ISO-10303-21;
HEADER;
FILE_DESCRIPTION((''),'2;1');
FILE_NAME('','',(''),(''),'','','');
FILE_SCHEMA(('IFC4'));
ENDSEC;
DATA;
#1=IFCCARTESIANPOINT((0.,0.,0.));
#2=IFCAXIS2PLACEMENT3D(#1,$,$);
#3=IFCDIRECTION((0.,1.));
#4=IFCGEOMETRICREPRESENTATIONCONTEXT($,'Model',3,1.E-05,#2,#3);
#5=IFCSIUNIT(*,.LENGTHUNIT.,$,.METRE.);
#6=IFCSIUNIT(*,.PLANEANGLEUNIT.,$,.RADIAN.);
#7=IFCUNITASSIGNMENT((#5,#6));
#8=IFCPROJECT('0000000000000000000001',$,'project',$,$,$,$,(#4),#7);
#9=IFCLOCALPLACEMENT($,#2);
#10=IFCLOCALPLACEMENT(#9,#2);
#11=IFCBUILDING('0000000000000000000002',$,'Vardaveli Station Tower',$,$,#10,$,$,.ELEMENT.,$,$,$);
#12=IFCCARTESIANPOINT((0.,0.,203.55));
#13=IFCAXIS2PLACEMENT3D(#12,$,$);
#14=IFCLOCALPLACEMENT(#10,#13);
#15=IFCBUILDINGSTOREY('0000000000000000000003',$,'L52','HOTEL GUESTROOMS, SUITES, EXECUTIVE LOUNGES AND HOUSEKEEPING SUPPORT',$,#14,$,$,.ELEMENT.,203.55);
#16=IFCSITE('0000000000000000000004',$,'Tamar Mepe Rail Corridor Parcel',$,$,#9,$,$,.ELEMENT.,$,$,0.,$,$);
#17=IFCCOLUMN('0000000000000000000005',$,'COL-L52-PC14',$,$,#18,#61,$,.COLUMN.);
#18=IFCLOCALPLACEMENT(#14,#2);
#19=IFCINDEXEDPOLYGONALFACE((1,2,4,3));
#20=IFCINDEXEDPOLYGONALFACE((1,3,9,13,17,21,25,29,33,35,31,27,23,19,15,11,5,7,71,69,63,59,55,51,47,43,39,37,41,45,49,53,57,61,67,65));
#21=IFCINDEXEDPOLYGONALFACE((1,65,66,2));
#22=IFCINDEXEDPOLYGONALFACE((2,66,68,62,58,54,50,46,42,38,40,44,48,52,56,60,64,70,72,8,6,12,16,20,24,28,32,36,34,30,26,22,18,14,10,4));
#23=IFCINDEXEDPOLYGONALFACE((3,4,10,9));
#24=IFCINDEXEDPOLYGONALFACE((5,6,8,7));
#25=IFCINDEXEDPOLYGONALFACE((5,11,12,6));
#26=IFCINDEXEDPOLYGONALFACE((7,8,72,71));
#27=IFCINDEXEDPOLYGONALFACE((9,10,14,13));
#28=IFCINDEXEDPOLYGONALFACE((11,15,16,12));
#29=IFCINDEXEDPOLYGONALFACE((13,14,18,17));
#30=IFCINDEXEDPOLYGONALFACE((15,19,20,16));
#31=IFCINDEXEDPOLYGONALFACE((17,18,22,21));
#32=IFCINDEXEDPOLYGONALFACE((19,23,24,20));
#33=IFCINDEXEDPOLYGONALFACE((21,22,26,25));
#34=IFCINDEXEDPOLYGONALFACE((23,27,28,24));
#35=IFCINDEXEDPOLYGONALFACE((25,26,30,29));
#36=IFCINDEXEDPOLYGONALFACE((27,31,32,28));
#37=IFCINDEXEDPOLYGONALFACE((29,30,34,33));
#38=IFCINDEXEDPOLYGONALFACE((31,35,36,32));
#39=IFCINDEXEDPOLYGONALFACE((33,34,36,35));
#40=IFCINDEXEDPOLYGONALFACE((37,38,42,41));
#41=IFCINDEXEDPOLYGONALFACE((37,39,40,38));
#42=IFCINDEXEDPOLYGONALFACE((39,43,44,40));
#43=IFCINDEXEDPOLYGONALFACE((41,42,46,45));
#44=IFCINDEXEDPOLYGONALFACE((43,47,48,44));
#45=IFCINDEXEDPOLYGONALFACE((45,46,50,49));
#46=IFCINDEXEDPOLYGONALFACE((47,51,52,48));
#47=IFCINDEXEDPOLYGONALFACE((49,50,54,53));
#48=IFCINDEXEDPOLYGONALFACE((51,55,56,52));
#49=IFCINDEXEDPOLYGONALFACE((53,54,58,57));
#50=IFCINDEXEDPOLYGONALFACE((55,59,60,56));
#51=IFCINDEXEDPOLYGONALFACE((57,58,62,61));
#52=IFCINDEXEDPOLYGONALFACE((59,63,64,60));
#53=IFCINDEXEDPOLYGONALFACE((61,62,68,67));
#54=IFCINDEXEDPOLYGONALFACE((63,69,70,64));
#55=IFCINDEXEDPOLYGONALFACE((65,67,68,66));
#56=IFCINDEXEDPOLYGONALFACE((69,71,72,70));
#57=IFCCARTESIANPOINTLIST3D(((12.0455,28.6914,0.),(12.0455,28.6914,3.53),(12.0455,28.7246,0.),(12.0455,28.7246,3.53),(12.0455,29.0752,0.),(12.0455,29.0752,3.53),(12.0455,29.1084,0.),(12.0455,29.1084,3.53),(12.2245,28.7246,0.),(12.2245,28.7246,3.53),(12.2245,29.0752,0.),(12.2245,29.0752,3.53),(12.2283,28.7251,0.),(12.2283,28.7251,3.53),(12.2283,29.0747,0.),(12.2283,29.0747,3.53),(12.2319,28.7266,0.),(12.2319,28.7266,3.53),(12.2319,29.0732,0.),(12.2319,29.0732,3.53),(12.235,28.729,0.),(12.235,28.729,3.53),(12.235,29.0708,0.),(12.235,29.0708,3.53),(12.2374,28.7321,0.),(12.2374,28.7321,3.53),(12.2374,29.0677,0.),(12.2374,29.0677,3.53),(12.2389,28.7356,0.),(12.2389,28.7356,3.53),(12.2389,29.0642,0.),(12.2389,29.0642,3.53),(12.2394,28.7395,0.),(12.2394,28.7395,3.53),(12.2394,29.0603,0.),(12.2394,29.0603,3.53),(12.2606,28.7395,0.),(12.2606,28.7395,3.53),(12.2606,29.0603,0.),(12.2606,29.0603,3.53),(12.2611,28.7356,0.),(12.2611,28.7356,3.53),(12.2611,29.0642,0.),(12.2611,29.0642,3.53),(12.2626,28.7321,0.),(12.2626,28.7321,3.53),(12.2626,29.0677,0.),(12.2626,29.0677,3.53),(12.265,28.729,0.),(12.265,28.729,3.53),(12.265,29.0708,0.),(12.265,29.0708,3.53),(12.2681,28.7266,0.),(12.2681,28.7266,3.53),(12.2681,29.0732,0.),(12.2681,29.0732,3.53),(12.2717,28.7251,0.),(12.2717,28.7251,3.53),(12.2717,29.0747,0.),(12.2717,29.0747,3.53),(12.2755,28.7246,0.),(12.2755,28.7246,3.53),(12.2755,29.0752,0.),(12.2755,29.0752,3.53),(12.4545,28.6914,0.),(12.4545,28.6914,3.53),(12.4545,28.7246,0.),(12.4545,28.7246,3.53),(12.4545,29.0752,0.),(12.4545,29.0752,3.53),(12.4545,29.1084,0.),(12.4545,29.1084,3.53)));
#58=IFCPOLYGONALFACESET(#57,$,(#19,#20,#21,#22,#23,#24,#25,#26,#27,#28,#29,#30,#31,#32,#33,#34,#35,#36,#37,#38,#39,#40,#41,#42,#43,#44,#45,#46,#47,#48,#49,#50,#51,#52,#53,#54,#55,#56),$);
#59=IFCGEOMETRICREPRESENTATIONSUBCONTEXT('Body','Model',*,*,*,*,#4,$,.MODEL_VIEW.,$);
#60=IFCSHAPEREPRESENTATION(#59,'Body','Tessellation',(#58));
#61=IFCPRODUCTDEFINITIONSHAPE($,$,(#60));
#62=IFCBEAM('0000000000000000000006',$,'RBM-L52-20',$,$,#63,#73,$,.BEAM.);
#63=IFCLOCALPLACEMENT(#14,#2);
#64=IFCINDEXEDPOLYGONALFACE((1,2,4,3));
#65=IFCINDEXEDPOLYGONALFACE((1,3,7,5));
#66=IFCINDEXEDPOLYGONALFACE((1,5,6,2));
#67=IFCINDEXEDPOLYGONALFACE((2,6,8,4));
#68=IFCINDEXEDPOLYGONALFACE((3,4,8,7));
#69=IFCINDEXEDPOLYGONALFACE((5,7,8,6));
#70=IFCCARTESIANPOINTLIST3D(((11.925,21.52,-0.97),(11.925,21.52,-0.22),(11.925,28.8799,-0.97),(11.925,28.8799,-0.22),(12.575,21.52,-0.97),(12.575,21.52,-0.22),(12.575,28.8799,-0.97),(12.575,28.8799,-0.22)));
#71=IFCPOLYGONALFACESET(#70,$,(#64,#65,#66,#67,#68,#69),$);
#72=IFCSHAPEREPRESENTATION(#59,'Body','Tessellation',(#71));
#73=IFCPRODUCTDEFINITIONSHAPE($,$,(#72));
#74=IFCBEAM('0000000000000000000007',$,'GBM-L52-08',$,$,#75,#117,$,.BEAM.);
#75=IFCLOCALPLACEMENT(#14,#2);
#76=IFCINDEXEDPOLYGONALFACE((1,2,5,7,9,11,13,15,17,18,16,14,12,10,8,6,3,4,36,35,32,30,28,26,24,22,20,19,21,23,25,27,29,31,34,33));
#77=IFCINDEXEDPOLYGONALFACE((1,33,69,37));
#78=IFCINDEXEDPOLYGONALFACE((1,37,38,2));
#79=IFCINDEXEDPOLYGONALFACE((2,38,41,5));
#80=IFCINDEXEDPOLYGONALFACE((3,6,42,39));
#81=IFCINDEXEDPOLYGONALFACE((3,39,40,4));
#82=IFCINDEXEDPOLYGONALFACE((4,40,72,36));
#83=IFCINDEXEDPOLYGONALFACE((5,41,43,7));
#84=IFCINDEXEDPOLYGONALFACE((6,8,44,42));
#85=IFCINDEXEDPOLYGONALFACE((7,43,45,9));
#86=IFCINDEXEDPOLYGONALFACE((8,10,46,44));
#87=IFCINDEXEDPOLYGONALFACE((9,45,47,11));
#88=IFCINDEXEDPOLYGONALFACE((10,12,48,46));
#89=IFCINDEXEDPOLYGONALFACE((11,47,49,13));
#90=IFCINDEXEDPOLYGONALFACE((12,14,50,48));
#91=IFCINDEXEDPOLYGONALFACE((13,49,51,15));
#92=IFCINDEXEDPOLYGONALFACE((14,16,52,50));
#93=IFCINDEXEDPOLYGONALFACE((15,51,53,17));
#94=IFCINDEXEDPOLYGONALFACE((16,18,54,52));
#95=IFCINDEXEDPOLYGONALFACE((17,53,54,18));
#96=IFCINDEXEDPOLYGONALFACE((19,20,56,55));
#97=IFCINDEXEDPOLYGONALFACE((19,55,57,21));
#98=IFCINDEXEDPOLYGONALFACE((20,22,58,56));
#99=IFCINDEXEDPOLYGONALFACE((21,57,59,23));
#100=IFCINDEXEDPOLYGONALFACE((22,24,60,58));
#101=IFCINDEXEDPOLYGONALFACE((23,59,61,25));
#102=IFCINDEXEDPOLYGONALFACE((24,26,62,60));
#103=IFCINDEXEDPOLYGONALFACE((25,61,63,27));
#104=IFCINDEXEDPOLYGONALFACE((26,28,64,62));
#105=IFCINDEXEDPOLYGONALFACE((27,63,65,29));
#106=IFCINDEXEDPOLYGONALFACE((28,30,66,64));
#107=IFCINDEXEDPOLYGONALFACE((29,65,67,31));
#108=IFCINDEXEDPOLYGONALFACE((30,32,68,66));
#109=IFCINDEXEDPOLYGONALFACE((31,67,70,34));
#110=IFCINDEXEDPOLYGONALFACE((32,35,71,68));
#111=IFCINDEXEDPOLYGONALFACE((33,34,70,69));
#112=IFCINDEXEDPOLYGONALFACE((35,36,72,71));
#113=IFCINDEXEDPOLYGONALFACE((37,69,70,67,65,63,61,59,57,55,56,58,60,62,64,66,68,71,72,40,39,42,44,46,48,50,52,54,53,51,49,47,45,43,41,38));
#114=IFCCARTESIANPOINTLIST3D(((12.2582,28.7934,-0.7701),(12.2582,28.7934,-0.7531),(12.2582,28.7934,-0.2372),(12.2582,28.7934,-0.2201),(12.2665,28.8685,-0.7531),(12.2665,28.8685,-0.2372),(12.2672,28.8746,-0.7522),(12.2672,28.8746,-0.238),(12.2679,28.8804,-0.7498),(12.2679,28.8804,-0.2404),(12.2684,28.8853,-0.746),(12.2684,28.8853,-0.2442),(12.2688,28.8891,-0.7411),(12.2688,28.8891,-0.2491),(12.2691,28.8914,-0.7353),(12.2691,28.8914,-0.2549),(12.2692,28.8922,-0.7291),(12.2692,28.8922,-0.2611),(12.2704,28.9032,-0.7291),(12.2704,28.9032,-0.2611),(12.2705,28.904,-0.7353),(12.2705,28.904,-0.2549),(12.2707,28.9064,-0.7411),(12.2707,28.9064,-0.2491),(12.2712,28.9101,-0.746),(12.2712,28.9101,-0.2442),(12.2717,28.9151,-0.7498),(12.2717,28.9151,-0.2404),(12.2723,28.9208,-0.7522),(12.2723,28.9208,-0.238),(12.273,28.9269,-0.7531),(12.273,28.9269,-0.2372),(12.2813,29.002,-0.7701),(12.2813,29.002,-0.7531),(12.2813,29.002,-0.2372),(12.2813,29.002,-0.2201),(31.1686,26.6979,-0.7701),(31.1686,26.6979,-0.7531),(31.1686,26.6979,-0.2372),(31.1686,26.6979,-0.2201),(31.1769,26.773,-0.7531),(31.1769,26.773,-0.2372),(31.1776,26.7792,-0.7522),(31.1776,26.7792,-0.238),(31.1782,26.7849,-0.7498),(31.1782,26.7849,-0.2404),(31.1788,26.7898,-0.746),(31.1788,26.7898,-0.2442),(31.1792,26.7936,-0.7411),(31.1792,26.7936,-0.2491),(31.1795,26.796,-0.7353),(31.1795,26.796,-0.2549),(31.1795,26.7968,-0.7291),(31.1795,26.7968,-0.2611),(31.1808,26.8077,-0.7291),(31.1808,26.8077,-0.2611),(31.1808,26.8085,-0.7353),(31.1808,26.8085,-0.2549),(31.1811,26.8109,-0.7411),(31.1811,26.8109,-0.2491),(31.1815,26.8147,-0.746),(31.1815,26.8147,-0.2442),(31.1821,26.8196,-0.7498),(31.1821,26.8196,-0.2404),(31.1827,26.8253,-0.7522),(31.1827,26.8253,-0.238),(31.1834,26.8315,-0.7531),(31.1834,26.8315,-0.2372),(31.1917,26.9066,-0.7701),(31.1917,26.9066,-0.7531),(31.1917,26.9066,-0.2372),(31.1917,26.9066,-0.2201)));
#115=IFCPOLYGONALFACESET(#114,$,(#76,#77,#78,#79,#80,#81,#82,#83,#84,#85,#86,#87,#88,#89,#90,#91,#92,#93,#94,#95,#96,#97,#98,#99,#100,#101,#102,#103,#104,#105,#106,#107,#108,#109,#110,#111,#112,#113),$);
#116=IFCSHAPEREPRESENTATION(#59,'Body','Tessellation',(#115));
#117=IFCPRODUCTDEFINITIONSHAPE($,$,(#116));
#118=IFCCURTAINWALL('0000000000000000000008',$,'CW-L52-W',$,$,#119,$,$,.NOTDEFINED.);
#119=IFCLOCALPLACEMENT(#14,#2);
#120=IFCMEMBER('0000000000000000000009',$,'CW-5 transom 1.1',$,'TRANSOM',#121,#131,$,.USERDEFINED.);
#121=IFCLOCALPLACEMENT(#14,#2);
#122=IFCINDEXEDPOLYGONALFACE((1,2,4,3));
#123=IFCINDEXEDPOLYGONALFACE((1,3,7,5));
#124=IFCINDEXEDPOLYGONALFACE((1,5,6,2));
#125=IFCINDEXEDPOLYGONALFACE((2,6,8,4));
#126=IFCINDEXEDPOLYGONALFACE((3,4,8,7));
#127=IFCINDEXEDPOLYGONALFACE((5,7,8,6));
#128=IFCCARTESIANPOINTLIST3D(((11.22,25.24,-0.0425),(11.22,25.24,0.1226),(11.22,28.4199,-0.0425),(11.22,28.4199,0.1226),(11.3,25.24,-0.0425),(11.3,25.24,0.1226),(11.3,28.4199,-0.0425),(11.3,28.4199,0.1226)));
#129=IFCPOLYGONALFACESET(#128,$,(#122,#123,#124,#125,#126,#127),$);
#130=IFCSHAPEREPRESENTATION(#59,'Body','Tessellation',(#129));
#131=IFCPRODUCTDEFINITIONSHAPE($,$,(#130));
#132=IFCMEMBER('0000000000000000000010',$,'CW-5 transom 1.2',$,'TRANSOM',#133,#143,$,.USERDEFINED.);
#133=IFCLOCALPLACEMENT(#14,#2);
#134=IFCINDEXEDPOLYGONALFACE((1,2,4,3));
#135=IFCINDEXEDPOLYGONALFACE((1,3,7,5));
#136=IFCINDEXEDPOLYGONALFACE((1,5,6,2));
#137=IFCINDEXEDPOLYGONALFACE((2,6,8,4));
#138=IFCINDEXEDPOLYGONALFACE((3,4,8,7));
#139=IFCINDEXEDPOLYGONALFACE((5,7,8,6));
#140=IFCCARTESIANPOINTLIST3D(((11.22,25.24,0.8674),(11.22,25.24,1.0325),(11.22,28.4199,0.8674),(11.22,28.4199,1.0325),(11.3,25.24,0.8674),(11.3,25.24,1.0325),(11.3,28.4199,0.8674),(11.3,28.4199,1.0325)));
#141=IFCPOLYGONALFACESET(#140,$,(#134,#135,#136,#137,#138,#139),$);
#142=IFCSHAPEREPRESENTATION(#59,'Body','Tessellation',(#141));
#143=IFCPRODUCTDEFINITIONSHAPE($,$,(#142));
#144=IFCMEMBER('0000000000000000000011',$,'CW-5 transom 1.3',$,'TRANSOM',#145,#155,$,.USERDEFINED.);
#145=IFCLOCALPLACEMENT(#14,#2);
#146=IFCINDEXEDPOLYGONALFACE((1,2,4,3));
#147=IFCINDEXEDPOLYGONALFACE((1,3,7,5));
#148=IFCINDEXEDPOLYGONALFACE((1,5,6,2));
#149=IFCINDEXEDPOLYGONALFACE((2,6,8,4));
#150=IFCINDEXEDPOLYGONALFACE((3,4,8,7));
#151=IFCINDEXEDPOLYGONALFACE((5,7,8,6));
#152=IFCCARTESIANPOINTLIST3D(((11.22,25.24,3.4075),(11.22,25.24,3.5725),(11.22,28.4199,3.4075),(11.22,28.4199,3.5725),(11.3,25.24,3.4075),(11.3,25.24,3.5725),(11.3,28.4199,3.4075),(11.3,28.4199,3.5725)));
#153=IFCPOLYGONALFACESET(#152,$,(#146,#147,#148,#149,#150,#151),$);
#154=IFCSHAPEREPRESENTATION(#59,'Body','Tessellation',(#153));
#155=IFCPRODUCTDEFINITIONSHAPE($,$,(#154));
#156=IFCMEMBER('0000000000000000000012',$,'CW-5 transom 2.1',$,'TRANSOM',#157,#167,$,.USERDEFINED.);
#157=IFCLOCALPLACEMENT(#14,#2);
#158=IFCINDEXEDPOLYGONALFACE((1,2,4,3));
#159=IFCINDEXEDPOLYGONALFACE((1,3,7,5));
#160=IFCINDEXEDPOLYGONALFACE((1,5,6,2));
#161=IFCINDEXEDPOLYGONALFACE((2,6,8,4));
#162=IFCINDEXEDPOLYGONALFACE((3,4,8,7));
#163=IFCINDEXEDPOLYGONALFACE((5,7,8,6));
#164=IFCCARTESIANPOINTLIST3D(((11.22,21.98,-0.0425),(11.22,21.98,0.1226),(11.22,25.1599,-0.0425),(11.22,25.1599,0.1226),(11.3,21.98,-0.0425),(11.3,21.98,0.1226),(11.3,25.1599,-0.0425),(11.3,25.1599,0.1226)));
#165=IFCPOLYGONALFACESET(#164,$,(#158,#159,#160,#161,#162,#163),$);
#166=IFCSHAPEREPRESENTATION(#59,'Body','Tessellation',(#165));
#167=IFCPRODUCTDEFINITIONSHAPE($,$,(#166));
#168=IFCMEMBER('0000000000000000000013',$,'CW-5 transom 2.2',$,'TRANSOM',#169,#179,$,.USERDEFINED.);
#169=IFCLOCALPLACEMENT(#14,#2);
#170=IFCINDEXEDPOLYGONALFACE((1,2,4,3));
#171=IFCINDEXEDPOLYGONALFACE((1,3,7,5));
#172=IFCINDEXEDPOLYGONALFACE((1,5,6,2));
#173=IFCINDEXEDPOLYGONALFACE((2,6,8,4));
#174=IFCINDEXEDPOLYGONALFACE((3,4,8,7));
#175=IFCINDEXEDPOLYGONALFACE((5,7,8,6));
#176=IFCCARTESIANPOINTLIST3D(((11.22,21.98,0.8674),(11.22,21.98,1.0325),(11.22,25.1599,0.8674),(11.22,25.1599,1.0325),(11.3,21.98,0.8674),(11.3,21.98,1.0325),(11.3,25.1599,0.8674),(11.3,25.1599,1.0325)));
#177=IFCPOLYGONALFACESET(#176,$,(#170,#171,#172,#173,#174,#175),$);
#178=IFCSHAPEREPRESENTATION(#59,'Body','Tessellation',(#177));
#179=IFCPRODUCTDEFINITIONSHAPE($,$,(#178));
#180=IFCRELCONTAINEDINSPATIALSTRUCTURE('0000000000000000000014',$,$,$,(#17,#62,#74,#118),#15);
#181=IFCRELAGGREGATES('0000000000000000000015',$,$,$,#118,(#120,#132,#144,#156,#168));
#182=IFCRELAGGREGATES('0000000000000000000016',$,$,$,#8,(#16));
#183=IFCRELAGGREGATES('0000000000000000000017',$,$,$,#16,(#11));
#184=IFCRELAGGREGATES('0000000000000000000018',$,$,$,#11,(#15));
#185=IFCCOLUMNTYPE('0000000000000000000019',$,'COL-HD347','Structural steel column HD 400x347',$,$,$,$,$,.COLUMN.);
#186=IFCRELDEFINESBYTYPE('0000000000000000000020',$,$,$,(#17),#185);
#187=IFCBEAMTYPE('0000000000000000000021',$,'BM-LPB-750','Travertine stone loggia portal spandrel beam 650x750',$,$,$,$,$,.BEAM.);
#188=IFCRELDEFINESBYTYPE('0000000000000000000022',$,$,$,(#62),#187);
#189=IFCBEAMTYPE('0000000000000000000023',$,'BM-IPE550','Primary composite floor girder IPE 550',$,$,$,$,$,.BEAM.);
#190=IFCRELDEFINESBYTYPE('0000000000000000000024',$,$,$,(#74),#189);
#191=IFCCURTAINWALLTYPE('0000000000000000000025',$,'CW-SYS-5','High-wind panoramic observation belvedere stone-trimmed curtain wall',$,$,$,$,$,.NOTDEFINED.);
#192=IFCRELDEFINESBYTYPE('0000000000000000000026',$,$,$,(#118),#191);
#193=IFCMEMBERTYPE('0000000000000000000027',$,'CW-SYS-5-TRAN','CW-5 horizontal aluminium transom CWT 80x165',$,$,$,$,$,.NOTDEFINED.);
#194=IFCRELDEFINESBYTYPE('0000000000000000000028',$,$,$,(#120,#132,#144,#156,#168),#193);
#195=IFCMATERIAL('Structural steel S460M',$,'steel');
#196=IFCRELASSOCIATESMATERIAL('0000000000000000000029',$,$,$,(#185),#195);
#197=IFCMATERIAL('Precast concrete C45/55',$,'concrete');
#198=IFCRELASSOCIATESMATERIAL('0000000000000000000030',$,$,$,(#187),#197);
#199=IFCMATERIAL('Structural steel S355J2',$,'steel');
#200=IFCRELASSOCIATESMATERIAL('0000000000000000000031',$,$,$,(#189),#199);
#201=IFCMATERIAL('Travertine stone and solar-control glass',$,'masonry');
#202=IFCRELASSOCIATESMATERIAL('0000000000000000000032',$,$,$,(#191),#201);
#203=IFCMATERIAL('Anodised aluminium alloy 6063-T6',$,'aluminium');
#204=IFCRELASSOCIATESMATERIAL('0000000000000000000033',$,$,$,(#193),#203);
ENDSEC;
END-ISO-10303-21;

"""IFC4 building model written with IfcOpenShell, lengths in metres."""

from ifc_helpers import new_model, si_unit, direction, frame, origin, origin_2d, place, context, subcontext, project, spatial, rectangle, i_section, extrude, source, transform, mapped, material, material_profile, profile_set, type_object, element, aggregate, save


model = new_model("IFC4")

# Units and contexts
model_context = context("Model", 3, precision=1e-05, world=origin(), true_north=direction((0.0, 1.0)))
body_context = subcontext(model_context, "Body", "Model", "MODEL_VIEW")
ifc_project = project(units=[si_unit("LENGTHUNIT", "METRE"), si_unit("PLANEANGLEUNIT", "RADIAN")], contexts=[model_context])

# Site, building, storey
site_placement = place(None, origin())
site = spatial("IfcSite", under=ifc_project, at=site_placement, Name="Tamar Mepe Rail Corridor Parcel", CompositionType="ELEMENT", RefElevation=0.0)
building_placement = place(site_placement, origin())
building = spatial("IfcBuilding", under=site, at=building_placement, Name="Vardaveli Station Tower", CompositionType="ELEMENT")
storey_placement = place(building_placement, frame((0.0, 0.0, 203.55)))
storey = spatial("IfcBuildingStorey", under=building, at=storey_placement, Name="L52", Description="HOTEL GUESTROOMS, SUITES, EXECUTIVE LOUNGES AND HOUSEKEEPING SUPPORT", CompositionType="ELEMENT", Elevation=203.55)

# Column
ifc_material_1 = material(Name="Structural steel S460M", Category="steel")
ifc_material_profile_1 = material_profile(ifc_material_1, i_section(OverallWidth=0.4089, OverallDepth=0.417, WebThickness=0.0212, FlangeThickness=0.0332, FilletRadius=0.0149, at=origin_2d()), Name="HD 400x347")
ifc_profile_set_1 = profile_set([ifc_material_profile_1], Name="Structural steel S460M")
column_type = type_object("IfcColumnType", Name="COL-HD347", Description="Structural steel column HD 400x347", PredefinedType="COLUMN", material=ifc_profile_set_1)
shared_shape_1 = source(origin(), body_context, "Body", "SweptSolid", [
    extrude(i_section(OverallWidth=0.4089, OverallDepth=0.417, WebThickness=0.0212, FlangeThickness=0.0332, FilletRadius=0.0149, at=origin_2d()), origin(), (0.0, 0.0, 1.0), 3.53),
])
column_placement = place(storey_placement, frame((12.25, 28.8999, 0.0), z_axis=(0.0, 0.0, 1.0), x_axis=(1.0, 0.0, 0.0)))
element("IfcColumn", 1, at=column_placement, inside=storey, type_object=column_type, Name="COL-L52-PC14", PredefinedType="COLUMN", context=body_context, shape_type="MappedRepresentation", body=[
    mapped(shared_shape_1, transform((0.0, 0.0, 0.0), scale=1.0)),
])

# Beams
ifc_material_2 = material(Name="Precast concrete C45/55", Category="concrete")
ifc_material_profile_2 = material_profile(ifc_material_2, rectangle(XDim=0.6499, YDim=0.75, at=origin_2d()), Name="LPB 650x750")
ifc_profile_set_2 = profile_set([ifc_material_profile_2], Name="Precast concrete C45/55")
beam_type_1 = type_object("IfcBeamType", Name="BM-LPB-750", Description="Travertine stone loggia portal spandrel beam 650x750", PredefinedType="BEAM", material=ifc_profile_set_2)
shared_shape_2 = source(origin(), body_context, "Body", "SweptSolid", [
    extrude(rectangle(XDim=0.6499, YDim=0.75, at=origin_2d()), origin(), (0.0, 0.0, 1.0), 7.3599),
])
beam_1_placement = place(storey_placement, frame((12.25, 28.8799, -0.595), z_axis=(0.0, -1.0, 0.0), x_axis=(1.0, 0.0, 0.0)))
element("IfcBeam", 2, at=beam_1_placement, inside=storey, type_object=beam_type_1, Name="RBM-L52-20", PredefinedType="BEAM", context=body_context, shape_type="MappedRepresentation", body=[
    mapped(shared_shape_2, transform((0.0, 0.0, 0.0), scale=1.0)),
])
ifc_material_3 = material(Name="Structural steel S355J2", Category="steel")
ifc_material_profile_3 = material_profile(ifc_material_3, i_section(OverallWidth=0.21, OverallDepth=0.55, WebThickness=0.011, FlangeThickness=0.0171, FilletRadius=0.0239, at=origin_2d()), Name="IPE 550")
ifc_profile_set_3 = profile_set([ifc_material_profile_3], Name="Structural steel S355J2")
beam_type_2 = type_object("IfcBeamType", Name="BM-IPE550", Description="Primary composite floor girder IPE 550", PredefinedType="BEAM", material=ifc_profile_set_3)
shared_shape_3 = source(origin(), body_context, "Body", "SweptSolid", [
    extrude(i_section(OverallWidth=0.21, OverallDepth=0.55, WebThickness=0.011, FlangeThickness=0.0171, FilletRadius=0.0239, at=origin_2d()), origin(), (0.0, 0.0, 1.0), 19.0261),
])
beam_2_placement = place(storey_placement, frame((12.2698, 28.8977, -0.4951), z_axis=(0.993917, -0.110136, 0.0), x_axis=(0.110136, 0.993917, 0.0)))
element("IfcBeam", 3, at=beam_2_placement, inside=storey, type_object=beam_type_2, Name="GBM-L52-08", PredefinedType="BEAM", context=body_context, shape_type="MappedRepresentation", body=[
    mapped(shared_shape_3, transform((0.0, 0.0, 0.0), scale=1.0)),
])

# Curtain wall, members
ifc_material_4 = material(Name="Travertine stone and solar-control glass", Category="masonry")
curtain_wall_type = type_object("IfcCurtainWallType", Name="CW-SYS-5", Description="High-wind panoramic observation belvedere stone-trimmed curtain wall", PredefinedType="NOTDEFINED", material=ifc_material_4)
curtain_wall_placement = place(storey_placement, origin())
curtain_wall = element("IfcCurtainWall", 4, at=curtain_wall_placement, inside=storey, type_object=curtain_wall_type, Name="CW-L52-W", PredefinedType="NOTDEFINED")
ifc_material_5 = material(Name="Anodised aluminium alloy 6063-T6", Category="aluminium")
ifc_material_profile_4 = material_profile(ifc_material_5, rectangle(XDim=0.0801, YDim=0.165, at=origin_2d()), Name="CWT 80x165")
ifc_profile_set_4 = profile_set([ifc_material_profile_4], Name="Anodised aluminium alloy 6063-T6")
member_type_1 = type_object("IfcMemberType", Name="CW-SYS-5-TRAN", Description="CW-5 horizontal aluminium transom CWT 80x165", PredefinedType="NOTDEFINED", material=ifc_profile_set_4)
shared_shape_4 = source(origin(), body_context, "Body", "SweptSolid", [
    extrude(rectangle(XDim=0.0801, YDim=0.165, at=origin_2d()), origin(), (0.0, 0.0, 1.0), 3.1799),
])
member_1_placement = place(storey_placement, frame((11.26, 28.4199, 0.04), z_axis=(0.0, -1.0, 0.0), x_axis=(1.0, 0.0, 0.0)))
member_1 = element("IfcMember", 5, at=member_1_placement, type_object=member_type_1, Name="CW-5 transom 1.1", ObjectType="TRANSOM", PredefinedType="USERDEFINED", context=body_context, shape_type="MappedRepresentation", body=[
    mapped(shared_shape_4, transform((0.0, 0.0, 0.0), scale=1.0)),
])
member_2_placement = place(storey_placement, frame((11.26, 28.4199, 0.95), z_axis=(0.0, -1.0, 0.0), x_axis=(1.0, 0.0, 0.0)))
member_2 = element("IfcMember", 6, at=member_2_placement, type_object=member_type_1, Name="CW-5 transom 1.2", ObjectType="TRANSOM", PredefinedType="USERDEFINED", context=body_context, shape_type="MappedRepresentation", body=[
    mapped(shared_shape_4, transform((0.0, 0.0, 0.0), scale=1.0)),
])
member_3_placement = place(storey_placement, frame((11.26, 28.4199, 3.49), z_axis=(0.0, -1.0, 0.0), x_axis=(1.0, 0.0, 0.0)))
member_3 = element("IfcMember", 7, at=member_3_placement, type_object=member_type_1, Name="CW-5 transom 1.3", ObjectType="TRANSOM", PredefinedType="USERDEFINED", context=body_context, shape_type="MappedRepresentation", body=[
    mapped(shared_shape_4, transform((0.0, 0.0, 0.0), scale=1.0)),
])
member_4_placement = place(storey_placement, frame((11.26, 25.1599, 0.04), z_axis=(0.0, -1.0, 0.0), x_axis=(1.0, 0.0, 0.0)))
member_4 = element("IfcMember", 8, at=member_4_placement, type_object=member_type_1, Name="CW-5 transom 2.1", ObjectType="TRANSOM", PredefinedType="USERDEFINED", context=body_context, shape_type="MappedRepresentation", body=[
    mapped(shared_shape_4, transform((0.0, 0.0, 0.0), scale=1.0)),
])
member_5_placement = place(storey_placement, frame((11.26, 25.1599, 0.95), z_axis=(0.0, -1.0, 0.0), x_axis=(1.0, 0.0, 0.0)))
member_5 = element("IfcMember", 9, at=member_5_placement, type_object=member_type_1, Name="CW-5 transom 2.2", ObjectType="TRANSOM", PredefinedType="USERDEFINED", context=body_context, shape_type="MappedRepresentation", body=[
    mapped(shared_shape_4, transform((0.0, 0.0, 0.0), scale=1.0)),
])
aggregate(curtain_wall, [member_1, member_2, member_3, member_4, member_5])

save(model, "model.ifc")
